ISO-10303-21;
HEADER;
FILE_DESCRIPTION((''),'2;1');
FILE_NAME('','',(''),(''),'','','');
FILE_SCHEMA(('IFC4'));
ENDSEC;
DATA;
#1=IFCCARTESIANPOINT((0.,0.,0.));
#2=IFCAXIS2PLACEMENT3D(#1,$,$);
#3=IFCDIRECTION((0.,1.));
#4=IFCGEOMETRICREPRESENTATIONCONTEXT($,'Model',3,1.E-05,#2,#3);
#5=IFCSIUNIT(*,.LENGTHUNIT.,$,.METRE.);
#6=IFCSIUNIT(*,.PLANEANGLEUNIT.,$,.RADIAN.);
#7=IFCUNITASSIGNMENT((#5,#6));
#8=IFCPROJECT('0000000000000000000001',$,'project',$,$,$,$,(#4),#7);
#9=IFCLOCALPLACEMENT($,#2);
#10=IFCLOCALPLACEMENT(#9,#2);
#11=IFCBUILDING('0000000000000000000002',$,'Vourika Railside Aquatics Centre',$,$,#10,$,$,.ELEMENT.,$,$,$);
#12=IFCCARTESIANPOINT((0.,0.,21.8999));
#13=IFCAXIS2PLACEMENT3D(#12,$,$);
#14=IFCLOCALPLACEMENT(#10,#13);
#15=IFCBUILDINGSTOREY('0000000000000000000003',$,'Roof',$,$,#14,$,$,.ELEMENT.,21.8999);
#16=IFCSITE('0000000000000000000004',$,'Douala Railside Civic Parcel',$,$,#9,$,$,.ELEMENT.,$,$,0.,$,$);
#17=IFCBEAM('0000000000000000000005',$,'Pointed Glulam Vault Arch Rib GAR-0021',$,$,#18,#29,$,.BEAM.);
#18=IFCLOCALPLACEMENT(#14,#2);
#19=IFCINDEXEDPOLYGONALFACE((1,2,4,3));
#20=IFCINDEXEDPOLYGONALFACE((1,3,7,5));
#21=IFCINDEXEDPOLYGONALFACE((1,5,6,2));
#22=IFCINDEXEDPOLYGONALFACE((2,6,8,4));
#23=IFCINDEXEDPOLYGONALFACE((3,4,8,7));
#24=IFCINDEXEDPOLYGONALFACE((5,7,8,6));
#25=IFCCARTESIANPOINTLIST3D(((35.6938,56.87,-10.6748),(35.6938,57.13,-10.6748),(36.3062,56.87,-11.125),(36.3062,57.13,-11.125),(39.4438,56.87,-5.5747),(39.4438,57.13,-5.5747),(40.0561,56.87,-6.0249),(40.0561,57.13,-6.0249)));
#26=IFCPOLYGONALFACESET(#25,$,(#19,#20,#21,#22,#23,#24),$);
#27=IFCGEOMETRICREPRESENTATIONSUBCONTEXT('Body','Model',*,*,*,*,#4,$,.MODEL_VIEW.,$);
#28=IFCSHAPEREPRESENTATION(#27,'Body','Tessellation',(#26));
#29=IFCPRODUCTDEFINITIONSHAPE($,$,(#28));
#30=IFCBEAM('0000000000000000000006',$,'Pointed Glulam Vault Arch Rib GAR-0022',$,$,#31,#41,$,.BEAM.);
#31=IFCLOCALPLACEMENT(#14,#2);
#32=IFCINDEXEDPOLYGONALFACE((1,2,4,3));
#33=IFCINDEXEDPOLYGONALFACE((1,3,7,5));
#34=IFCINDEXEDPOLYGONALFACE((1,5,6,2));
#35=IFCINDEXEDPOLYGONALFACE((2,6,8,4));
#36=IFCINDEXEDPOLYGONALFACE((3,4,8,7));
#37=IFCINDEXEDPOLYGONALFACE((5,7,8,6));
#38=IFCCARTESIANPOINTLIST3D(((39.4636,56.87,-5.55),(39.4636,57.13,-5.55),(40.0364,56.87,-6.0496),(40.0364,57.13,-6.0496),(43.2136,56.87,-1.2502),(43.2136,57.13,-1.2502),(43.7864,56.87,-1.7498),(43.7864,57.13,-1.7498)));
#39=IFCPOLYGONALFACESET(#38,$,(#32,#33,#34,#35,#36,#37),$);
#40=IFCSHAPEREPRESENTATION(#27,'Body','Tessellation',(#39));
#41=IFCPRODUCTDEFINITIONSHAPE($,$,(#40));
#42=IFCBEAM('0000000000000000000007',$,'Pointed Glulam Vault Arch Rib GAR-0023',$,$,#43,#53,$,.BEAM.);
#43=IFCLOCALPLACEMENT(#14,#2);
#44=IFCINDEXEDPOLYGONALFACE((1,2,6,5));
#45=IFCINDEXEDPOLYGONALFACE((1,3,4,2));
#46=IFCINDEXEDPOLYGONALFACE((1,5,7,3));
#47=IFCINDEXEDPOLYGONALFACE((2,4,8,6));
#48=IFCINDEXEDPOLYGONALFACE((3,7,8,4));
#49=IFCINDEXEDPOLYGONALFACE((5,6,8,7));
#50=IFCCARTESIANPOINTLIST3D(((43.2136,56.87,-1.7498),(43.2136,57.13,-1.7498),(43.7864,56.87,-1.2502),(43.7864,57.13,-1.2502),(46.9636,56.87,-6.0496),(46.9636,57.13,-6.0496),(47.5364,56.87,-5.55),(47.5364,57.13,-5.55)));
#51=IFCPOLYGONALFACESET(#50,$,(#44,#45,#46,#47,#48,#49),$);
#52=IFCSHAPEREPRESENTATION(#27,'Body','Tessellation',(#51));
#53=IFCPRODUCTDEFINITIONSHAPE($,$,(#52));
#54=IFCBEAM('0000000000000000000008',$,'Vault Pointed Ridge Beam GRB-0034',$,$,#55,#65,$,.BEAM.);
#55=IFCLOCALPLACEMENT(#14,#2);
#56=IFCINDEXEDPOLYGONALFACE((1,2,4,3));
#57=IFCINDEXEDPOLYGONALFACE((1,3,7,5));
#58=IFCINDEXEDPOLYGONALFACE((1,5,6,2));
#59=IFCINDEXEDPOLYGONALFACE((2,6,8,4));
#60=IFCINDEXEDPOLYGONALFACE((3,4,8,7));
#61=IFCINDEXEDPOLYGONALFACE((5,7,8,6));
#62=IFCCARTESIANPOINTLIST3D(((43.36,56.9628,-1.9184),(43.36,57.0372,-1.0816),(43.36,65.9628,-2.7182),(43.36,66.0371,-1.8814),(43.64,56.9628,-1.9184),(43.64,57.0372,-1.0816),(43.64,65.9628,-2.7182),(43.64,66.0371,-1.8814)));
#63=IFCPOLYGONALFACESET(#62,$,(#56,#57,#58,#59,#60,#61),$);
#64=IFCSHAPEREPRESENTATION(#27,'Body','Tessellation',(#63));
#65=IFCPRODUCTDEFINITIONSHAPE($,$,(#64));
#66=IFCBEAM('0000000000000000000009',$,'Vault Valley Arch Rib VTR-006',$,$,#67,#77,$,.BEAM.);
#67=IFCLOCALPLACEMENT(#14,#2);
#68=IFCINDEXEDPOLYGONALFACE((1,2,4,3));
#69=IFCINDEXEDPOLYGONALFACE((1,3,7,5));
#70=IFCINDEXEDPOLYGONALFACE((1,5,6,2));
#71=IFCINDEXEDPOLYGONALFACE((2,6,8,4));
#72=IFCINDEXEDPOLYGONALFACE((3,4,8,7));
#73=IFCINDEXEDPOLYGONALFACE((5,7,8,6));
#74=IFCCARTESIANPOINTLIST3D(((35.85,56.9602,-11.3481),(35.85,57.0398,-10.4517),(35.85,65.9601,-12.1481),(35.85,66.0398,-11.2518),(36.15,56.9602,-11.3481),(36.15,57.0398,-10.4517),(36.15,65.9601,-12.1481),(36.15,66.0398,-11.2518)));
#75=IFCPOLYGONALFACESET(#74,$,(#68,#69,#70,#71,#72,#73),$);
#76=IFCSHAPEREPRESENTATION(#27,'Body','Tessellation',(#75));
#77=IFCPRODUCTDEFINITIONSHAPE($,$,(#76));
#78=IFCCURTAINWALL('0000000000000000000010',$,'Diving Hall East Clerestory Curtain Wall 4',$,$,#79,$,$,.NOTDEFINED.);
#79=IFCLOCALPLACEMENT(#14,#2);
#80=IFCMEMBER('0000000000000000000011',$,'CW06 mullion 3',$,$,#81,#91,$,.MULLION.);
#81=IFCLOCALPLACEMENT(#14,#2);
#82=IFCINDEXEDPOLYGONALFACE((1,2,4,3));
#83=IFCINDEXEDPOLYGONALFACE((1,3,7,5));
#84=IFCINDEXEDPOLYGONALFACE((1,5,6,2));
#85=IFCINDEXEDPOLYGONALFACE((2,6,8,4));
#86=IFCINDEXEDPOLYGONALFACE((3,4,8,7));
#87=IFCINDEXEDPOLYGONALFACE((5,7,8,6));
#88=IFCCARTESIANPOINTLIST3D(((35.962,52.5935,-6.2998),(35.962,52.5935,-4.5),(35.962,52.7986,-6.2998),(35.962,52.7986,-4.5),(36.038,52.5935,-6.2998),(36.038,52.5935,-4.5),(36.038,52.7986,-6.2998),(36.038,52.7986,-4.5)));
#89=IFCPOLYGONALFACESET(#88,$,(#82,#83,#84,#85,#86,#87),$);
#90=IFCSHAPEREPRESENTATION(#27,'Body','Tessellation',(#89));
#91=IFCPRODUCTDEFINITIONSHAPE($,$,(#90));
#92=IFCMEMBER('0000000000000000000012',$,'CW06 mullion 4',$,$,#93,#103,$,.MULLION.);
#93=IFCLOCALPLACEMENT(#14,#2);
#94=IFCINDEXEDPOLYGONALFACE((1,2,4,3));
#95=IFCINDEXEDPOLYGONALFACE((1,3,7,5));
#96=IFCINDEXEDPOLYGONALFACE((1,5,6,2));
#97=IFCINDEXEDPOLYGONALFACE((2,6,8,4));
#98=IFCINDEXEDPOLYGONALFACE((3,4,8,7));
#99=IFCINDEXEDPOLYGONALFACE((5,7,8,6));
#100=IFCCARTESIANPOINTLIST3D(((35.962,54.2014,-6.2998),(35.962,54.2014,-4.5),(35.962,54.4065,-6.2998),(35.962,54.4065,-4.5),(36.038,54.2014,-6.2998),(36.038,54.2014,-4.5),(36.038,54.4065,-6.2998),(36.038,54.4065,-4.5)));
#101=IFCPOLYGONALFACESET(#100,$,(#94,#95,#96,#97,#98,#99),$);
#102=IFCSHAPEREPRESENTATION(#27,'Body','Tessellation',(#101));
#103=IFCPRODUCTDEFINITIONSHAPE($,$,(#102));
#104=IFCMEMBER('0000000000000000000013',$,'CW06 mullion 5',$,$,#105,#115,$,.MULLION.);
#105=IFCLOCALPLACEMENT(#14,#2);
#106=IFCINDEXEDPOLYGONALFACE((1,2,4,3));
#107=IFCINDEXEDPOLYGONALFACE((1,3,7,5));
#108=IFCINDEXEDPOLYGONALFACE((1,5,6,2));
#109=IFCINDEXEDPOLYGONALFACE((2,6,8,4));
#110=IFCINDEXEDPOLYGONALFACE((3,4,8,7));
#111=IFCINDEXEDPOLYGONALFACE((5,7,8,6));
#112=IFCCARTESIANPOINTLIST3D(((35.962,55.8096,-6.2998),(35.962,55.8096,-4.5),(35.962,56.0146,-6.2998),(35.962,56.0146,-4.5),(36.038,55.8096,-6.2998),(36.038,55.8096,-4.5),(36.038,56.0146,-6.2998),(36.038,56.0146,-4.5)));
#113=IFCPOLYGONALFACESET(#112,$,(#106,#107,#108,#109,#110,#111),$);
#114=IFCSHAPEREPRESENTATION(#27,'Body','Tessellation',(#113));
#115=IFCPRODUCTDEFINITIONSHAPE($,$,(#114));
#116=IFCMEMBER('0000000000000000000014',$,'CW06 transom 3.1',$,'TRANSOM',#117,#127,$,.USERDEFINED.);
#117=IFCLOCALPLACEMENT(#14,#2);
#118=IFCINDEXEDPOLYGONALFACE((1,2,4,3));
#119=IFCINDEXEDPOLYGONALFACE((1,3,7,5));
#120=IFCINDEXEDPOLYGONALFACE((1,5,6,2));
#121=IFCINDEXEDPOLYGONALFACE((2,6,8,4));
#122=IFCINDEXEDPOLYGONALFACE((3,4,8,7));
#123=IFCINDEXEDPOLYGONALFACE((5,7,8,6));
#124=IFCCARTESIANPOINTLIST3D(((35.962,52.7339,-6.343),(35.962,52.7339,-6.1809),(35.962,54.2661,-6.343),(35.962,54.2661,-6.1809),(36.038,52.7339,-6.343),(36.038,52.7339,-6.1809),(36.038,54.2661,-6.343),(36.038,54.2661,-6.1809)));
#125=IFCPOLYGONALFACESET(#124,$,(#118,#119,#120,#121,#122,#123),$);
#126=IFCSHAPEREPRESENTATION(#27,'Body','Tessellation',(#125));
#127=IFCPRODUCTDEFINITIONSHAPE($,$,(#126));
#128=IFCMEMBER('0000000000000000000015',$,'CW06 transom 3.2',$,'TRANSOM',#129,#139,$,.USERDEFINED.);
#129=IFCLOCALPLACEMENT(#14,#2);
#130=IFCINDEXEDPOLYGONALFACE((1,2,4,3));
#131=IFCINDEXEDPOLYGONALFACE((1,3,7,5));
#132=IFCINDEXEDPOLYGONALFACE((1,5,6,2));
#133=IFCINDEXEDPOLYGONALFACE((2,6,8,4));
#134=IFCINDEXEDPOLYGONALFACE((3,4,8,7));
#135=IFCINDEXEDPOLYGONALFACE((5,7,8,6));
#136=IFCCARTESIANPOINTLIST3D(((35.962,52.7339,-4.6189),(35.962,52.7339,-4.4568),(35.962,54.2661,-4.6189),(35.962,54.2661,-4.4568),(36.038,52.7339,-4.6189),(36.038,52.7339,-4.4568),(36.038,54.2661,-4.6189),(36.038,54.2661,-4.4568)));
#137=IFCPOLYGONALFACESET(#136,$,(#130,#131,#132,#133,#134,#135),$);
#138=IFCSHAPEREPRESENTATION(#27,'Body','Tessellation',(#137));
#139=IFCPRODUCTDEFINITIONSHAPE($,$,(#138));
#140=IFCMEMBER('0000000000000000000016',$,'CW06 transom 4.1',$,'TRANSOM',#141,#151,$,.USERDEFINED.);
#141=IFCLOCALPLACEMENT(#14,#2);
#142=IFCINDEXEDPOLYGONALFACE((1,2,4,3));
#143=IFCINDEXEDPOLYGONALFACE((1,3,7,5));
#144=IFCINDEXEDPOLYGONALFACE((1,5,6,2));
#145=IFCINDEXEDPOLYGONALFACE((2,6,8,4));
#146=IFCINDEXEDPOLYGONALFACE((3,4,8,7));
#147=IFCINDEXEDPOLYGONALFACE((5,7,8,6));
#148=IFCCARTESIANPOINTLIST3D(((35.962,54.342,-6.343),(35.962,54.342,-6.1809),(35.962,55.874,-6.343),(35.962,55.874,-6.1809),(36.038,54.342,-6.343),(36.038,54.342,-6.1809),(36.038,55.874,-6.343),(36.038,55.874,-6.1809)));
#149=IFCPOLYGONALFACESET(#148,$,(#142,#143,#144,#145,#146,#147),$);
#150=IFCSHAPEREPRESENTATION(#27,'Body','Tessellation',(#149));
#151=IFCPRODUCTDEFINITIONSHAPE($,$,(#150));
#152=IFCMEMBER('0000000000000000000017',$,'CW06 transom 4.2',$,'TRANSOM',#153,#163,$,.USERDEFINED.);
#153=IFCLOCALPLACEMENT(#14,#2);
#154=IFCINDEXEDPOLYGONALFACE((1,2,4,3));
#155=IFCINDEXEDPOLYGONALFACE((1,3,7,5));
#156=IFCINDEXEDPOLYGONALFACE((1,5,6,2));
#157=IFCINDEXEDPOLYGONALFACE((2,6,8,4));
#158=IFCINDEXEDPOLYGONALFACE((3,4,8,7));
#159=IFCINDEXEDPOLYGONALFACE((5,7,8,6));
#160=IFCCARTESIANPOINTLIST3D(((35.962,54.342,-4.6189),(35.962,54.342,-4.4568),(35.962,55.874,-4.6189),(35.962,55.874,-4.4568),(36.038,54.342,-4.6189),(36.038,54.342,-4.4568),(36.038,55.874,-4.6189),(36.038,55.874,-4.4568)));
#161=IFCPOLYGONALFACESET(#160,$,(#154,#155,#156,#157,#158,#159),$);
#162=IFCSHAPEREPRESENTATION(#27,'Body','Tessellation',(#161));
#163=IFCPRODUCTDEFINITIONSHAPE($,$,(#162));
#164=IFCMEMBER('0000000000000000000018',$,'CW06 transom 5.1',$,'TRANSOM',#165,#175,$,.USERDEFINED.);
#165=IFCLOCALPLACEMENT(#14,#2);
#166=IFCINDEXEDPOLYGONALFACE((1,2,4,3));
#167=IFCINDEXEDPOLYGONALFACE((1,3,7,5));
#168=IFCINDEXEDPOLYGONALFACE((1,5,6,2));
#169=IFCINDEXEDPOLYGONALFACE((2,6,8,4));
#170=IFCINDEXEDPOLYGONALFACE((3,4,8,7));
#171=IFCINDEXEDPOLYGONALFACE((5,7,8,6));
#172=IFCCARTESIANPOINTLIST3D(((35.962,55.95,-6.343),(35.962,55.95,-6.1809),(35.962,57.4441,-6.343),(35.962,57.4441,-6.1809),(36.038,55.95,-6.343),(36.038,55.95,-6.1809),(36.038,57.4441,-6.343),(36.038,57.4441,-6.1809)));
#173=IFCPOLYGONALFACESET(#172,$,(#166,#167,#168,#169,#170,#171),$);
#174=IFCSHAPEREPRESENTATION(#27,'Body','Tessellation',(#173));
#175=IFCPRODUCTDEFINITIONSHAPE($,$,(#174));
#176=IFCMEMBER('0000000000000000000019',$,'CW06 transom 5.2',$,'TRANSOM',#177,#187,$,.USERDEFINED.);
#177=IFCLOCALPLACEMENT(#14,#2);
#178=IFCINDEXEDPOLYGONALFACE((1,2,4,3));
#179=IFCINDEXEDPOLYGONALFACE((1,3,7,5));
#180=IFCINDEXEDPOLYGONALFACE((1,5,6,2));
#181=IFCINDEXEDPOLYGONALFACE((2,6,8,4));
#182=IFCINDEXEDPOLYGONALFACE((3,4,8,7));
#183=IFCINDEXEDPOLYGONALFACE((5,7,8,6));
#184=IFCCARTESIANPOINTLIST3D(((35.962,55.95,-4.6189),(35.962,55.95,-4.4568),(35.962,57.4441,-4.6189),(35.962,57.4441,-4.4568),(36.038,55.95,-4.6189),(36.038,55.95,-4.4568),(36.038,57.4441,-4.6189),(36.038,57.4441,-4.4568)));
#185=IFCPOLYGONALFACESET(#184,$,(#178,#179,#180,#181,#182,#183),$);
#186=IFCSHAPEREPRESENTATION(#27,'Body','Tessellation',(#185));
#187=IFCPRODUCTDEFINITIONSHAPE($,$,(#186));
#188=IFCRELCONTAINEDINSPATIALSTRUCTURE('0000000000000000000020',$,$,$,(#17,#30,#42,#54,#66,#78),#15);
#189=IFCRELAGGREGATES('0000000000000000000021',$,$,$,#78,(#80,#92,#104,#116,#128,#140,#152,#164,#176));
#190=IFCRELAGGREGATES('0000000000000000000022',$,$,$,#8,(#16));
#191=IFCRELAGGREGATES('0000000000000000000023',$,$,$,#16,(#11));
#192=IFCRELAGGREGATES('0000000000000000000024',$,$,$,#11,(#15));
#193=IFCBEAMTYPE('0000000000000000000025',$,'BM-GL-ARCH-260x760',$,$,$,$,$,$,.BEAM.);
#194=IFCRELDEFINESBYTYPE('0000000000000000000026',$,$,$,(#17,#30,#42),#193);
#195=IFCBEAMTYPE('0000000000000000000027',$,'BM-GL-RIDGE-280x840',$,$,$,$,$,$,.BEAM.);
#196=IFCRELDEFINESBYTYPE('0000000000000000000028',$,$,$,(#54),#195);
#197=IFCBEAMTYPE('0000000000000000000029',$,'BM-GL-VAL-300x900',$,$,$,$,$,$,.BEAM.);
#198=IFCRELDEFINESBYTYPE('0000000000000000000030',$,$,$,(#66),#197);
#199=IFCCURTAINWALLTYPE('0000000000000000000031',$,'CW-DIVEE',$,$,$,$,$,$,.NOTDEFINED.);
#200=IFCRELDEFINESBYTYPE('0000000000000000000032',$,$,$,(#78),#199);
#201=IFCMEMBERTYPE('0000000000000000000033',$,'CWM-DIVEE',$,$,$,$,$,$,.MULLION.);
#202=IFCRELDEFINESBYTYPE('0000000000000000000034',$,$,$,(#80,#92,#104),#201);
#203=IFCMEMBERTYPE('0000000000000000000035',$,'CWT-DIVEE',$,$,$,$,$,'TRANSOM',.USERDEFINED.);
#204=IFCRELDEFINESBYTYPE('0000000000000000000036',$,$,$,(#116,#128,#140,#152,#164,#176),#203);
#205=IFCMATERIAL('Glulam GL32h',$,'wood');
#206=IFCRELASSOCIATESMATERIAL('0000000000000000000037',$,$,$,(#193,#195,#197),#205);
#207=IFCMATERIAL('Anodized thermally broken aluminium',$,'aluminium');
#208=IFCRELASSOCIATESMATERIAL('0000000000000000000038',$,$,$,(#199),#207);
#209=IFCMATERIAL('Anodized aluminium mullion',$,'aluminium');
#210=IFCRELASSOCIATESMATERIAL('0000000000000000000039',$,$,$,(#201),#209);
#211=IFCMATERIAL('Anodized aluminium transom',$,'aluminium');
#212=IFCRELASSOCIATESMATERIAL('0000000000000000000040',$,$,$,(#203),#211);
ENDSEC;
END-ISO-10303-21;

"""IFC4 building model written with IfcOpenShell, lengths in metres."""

from ifc_helpers import new_model, si_unit, direction, frame, origin, origin_2d, place, context, subcontext, project, spatial, rectangle, extrude, material, material_profile, profile_set, type_object, element, aggregate, save


model = new_model("IFC4")

# Units and contexts
model_context = context("Model", 3, precision=1e-05, world=origin(), true_north=direction((0.0, 1.0)))
body_context = subcontext(model_context, "Body", "Model", "MODEL_VIEW")
ifc_project = project(units=[si_unit("LENGTHUNIT", "METRE"), si_unit("PLANEANGLEUNIT", "RADIAN")], contexts=[model_context])

# Site, building, storey
site_placement = place(None, origin())
site = spatial("IfcSite", under=ifc_project, at=site_placement, Name="Douala Railside Civic Parcel", CompositionType="ELEMENT", RefElevation=0.0)
building_placement = place(site_placement, origin())
building = spatial("IfcBuilding", under=site, at=building_placement, Name="Vourika Railside Aquatics Centre", CompositionType="ELEMENT")
storey_placement = place(building_placement, frame((0.0, 0.0, 21.8999)))
storey = spatial("IfcBuildingStorey", under=building, at=storey_placement, Name="Roof", CompositionType="ELEMENT", Elevation=21.8999)

# Beams
ifc_material_1 = material(Name="Glulam GL32h", Category="wood")
ifc_material_profile_1 = material_profile(ifc_material_1, rectangle(XDim=0.26, YDim=0.76, at=origin_2d()), Name="GL32h 260x760")
ifc_profile_set_1 = profile_set([ifc_material_profile_1], Name="Glulam GL32h")
beam_type_1 = type_object("IfcBeamType", Name="BM-GL-ARCH-260x760", PredefinedType="BEAM", material=ifc_profile_set_1)
beam_1_placement = place(storey_placement, frame((36.0, 57.0, -10.8999), z_axis=(0.592383, 0.0, 0.805656), x_axis=(0.0, 1.0, 0.0)))
element("IfcBeam", 1, at=beam_1_placement, inside=storey, type_object=beam_type_1, Name="Pointed Glulam Vault Arch Rib GAR-0021", PredefinedType="BEAM", context=body_context, shape_type="SweptSolid", body=[
    extrude(rectangle(XDim=0.26, YDim=0.76, at=origin_2d()), origin(), (0.0, 0.0, 1.0), 6.3303),
])
for number, where, z_axis, x_axis, name in (
    (2, (39.75, 57.0, -5.7998), (0.65728, 0.0, 0.753647), (0.0, 1.0, 0.0), "Pointed Glulam Vault Arch Rib GAR-0022"),
    (3, (43.5, 57.0, -1.5), (0.65728, 0.0, -0.753647), (0.0, 1.0, 0.0), "Pointed Glulam Vault Arch Rib GAR-0023"),
):
    element("IfcBeam", number, at=place(storey_placement, frame(where, z_axis=z_axis, x_axis=x_axis)), inside=storey, type_object=beam_type_1, Name=name, PredefinedType="BEAM", context=body_context, shape_type="SweptSolid", body=[
        extrude(rectangle(XDim=0.26, YDim=0.76, at=origin_2d()), origin(), (0.0, 0.0, 1.0), 5.7053),
    ])
ifc_material_profile_2 = material_profile(ifc_material_1, rectangle(XDim=0.28, YDim=0.8401, at=origin_2d()), Name="GL32h 280x840")
ifc_profile_set_2 = profile_set([ifc_material_profile_2], Name="Glulam GL32h")
beam_type_2 = type_object("IfcBeamType", Name="BM-GL-RIDGE-280x840", PredefinedType="BEAM", material=ifc_profile_set_2)
beam_2_placement = place(storey_placement, frame((43.5, 57.0, -1.5), z_axis=(0.0, 0.996075, -0.088518), x_axis=(-1.0, 0.0, 0.0)))
element("IfcBeam", 4, at=beam_2_placement, inside=storey, type_object=beam_type_2, Name="Vault Pointed Ridge Beam GRB-0034", PredefinedType="BEAM", context=body_context, shape_type="SweptSolid", body=[
    extrude(rectangle(XDim=0.28, YDim=0.8401, at=origin_2d()), origin(), (0.0, 0.0, 1.0), 9.0354),
])
ifc_material_profile_3 = material_profile(ifc_material_1, rectangle(XDim=0.3, YDim=0.8999, at=origin_2d()), Name="GL32h 300x900")
ifc_profile_set_3 = profile_set([ifc_material_profile_3], Name="Glulam GL32h")
beam_type_3 = type_object("IfcBeamType", Name="BM-GL-VAL-300x900", PredefinedType="BEAM", material=ifc_profile_set_3)
beam_3_placement = place(storey_placement, frame((36.0, 57.0, -10.8999), z_axis=(0.0, 0.996072, -0.088545), x_axis=(-1.0, 0.0, 0.0)))
element("IfcBeam", 5, at=beam_3_placement, inside=storey, type_object=beam_type_3, Name="Vault Valley Arch Rib VTR-006", PredefinedType="BEAM", context=body_context, shape_type="SweptSolid", body=[
    extrude(rectangle(XDim=0.3, YDim=0.8999, at=origin_2d()), origin(), (0.0, 0.0, 1.0), 9.0354),
])

# Curtain wall, members
ifc_material_2 = material(Name="Anodized thermally broken aluminium", Category="aluminium")
curtain_wall_type = type_object("IfcCurtainWallType", Name="CW-DIVEE", PredefinedType="NOTDEFINED", material=ifc_material_2)
curtain_wall_placement = place(storey_placement, origin())
curtain_wall = element("IfcCurtainWall", 6, at=curtain_wall_placement, inside=storey, type_object=curtain_wall_type, Name="Diving Hall East Clerestory Curtain Wall 4", PredefinedType="NOTDEFINED")
ifc_material_3 = material(Name="Anodized aluminium mullion", Category="aluminium")
ifc_material_profile_4 = material_profile(ifc_material_3, rectangle(XDim=0.0759, YDim=0.2051, at=origin_2d()), Name="ALU-M 76x205")
ifc_profile_set_4 = profile_set([ifc_material_profile_4], Name="Anodized aluminium mullion")
member_type_1 = type_object("IfcMemberType", Name="CWM-DIVEE", PredefinedType="MULLION", material=ifc_profile_set_4)
member_1_placement = place(storey_placement, frame((36.0, 52.696, -6.2998), z_axis=(0.0, 0.0, 1.0), x_axis=(-1.0, 0.0, 0.0)))
member_1 = element("IfcMember", 7, at=member_1_placement, type_object=member_type_1, Name="CW06 mullion 3", PredefinedType="MULLION", context=body_context, shape_type="SweptSolid", body=[
    extrude(rectangle(XDim=0.0759, YDim=0.2051, at=origin_2d()), origin(), (0.0, 0.0, 1.0), 1.7998),
])
member_2_placement = place(storey_placement, frame((36.0, 54.304, -6.2998), z_axis=(0.0, 0.0, 1.0), x_axis=(-1.0, 0.0, 0.0)))
member_2 = element("IfcMember", 8, at=member_2_placement, type_object=member_type_1, Name="CW06 mullion 4", PredefinedType="MULLION", context=body_context, shape_type="SweptSolid", body=[
    extrude(rectangle(XDim=0.0759, YDim=0.2051, at=origin_2d()), origin(), (0.0, 0.0, 1.0), 1.7998),
])
member_3_placement = place(storey_placement, frame((36.0, 55.9121, -6.2998), z_axis=(0.0, 0.0, 1.0), x_axis=(-1.0, 0.0, 0.0)))
member_3 = element("IfcMember", 9, at=member_3_placement, type_object=member_type_1, Name="CW06 mullion 5", PredefinedType="MULLION", context=body_context, shape_type="SweptSolid", body=[
    extrude(rectangle(XDim=0.0759, YDim=0.2051, at=origin_2d()), origin(), (0.0, 0.0, 1.0), 1.7998),
])
ifc_material_4 = material(Name="Anodized aluminium transom", Category="aluminium")
ifc_material_profile_5 = material_profile(ifc_material_4, rectangle(XDim=0.0759, YDim=0.1621, at=origin_2d()), Name="ALU-T 76x162")
ifc_profile_set_5 = profile_set([ifc_material_profile_5], Name="Anodized aluminium transom")
member_type_2 = type_object("IfcMemberType", Name="CWT-DIVEE", ElementType="TRANSOM", PredefinedType="USERDEFINED", material=ifc_profile_set_5)
member_4_placement = place(storey_placement, frame((36.0, 52.7339, -6.262), z_axis=(0.0, 1.0, 0.0), x_axis=(-1.0, 0.0, 0.0)))
member_4 = element("IfcMember", 10, at=member_4_placement, type_object=member_type_2, Name="CW06 transom 3.1", ObjectType="TRANSOM", PredefinedType="USERDEFINED", context=body_context, shape_type="SweptSolid", body=[
    extrude(rectangle(XDim=0.0759, YDim=0.1621, at=origin_2d()), origin(), (0.0, 0.0, 1.0), 1.5322),
])
member_5_placement = place(storey_placement, frame((36.0, 52.7339, -4.5378), z_axis=(0.0, 1.0, 0.0), x_axis=(-1.0, 0.0, 0.0)))
member_5 = element("IfcMember", 11, at=member_5_placement, type_object=member_type_2, Name="CW06 transom 3.2", ObjectType="TRANSOM", PredefinedType="USERDEFINED", context=body_context, shape_type="SweptSolid", body=[
    extrude(rectangle(XDim=0.0759, YDim=0.1621, at=origin_2d()), origin(), (0.0, 0.0, 1.0), 1.5322),
])
member_6_placement = place(storey_placement, frame((36.0, 54.342, -6.262), z_axis=(0.0, 1.0, 0.0), x_axis=(-1.0, 0.0, 0.0)))
member_6 = element("IfcMember", 12, at=member_6_placement, type_object=member_type_2, Name="CW06 transom 4.1", ObjectType="TRANSOM", PredefinedType="USERDEFINED", context=body_context, shape_type="SweptSolid", body=[
    extrude(rectangle(XDim=0.0759, YDim=0.1621, at=origin_2d()), origin(), (0.0, 0.0, 1.0), 1.532),
])
member_7_placement = place(storey_placement, frame((36.0, 54.342, -4.5378), z_axis=(0.0, 1.0, 0.0), x_axis=(-1.0, 0.0, 0.0)))
member_7 = element("IfcMember", 13, at=member_7_placement, type_object=member_type_2, Name="CW06 transom 4.2", ObjectType="TRANSOM", PredefinedType="USERDEFINED", context=body_context, shape_type="SweptSolid", body=[
    extrude(rectangle(XDim=0.0759, YDim=0.1621, at=origin_2d()), origin(), (0.0, 0.0, 1.0), 1.532),
])
member_8_placement = place(storey_placement, frame((36.0, 55.95, -6.262), z_axis=(0.0, 1.0, 0.0), x_axis=(-1.0, 0.0, 0.0)))
member_8 = element("IfcMember", 14, at=member_8_placement, type_object=member_type_2, Name="CW06 transom 5.1", ObjectType="TRANSOM", PredefinedType="USERDEFINED", context=body_context, shape_type="SweptSolid", body=[
    extrude(rectangle(XDim=0.0759, YDim=0.1621, at=origin_2d()), origin(), (0.0, 0.0, 1.0), 1.4941),
])
member_9_placement = place(storey_placement, frame((36.0, 55.95, -4.5378), z_axis=(0.0, 1.0, 0.0), x_axis=(-1.0, 0.0, 0.0)))
member_9 = element("IfcMember", 15, at=member_9_placement, type_object=member_type_2, Name="CW06 transom 5.2", ObjectType="TRANSOM", PredefinedType="USERDEFINED", context=body_context, shape_type="SweptSolid", body=[
    extrude(rectangle(XDim=0.0759, YDim=0.1621, at=origin_2d()), origin(), (0.0, 0.0, 1.0), 1.4941),
])

aggregate(curtain_wall, [member_1, member_2, member_3, member_4, member_5, member_6, member_7, member_8, member_9])

save(model, "model.ifc")
